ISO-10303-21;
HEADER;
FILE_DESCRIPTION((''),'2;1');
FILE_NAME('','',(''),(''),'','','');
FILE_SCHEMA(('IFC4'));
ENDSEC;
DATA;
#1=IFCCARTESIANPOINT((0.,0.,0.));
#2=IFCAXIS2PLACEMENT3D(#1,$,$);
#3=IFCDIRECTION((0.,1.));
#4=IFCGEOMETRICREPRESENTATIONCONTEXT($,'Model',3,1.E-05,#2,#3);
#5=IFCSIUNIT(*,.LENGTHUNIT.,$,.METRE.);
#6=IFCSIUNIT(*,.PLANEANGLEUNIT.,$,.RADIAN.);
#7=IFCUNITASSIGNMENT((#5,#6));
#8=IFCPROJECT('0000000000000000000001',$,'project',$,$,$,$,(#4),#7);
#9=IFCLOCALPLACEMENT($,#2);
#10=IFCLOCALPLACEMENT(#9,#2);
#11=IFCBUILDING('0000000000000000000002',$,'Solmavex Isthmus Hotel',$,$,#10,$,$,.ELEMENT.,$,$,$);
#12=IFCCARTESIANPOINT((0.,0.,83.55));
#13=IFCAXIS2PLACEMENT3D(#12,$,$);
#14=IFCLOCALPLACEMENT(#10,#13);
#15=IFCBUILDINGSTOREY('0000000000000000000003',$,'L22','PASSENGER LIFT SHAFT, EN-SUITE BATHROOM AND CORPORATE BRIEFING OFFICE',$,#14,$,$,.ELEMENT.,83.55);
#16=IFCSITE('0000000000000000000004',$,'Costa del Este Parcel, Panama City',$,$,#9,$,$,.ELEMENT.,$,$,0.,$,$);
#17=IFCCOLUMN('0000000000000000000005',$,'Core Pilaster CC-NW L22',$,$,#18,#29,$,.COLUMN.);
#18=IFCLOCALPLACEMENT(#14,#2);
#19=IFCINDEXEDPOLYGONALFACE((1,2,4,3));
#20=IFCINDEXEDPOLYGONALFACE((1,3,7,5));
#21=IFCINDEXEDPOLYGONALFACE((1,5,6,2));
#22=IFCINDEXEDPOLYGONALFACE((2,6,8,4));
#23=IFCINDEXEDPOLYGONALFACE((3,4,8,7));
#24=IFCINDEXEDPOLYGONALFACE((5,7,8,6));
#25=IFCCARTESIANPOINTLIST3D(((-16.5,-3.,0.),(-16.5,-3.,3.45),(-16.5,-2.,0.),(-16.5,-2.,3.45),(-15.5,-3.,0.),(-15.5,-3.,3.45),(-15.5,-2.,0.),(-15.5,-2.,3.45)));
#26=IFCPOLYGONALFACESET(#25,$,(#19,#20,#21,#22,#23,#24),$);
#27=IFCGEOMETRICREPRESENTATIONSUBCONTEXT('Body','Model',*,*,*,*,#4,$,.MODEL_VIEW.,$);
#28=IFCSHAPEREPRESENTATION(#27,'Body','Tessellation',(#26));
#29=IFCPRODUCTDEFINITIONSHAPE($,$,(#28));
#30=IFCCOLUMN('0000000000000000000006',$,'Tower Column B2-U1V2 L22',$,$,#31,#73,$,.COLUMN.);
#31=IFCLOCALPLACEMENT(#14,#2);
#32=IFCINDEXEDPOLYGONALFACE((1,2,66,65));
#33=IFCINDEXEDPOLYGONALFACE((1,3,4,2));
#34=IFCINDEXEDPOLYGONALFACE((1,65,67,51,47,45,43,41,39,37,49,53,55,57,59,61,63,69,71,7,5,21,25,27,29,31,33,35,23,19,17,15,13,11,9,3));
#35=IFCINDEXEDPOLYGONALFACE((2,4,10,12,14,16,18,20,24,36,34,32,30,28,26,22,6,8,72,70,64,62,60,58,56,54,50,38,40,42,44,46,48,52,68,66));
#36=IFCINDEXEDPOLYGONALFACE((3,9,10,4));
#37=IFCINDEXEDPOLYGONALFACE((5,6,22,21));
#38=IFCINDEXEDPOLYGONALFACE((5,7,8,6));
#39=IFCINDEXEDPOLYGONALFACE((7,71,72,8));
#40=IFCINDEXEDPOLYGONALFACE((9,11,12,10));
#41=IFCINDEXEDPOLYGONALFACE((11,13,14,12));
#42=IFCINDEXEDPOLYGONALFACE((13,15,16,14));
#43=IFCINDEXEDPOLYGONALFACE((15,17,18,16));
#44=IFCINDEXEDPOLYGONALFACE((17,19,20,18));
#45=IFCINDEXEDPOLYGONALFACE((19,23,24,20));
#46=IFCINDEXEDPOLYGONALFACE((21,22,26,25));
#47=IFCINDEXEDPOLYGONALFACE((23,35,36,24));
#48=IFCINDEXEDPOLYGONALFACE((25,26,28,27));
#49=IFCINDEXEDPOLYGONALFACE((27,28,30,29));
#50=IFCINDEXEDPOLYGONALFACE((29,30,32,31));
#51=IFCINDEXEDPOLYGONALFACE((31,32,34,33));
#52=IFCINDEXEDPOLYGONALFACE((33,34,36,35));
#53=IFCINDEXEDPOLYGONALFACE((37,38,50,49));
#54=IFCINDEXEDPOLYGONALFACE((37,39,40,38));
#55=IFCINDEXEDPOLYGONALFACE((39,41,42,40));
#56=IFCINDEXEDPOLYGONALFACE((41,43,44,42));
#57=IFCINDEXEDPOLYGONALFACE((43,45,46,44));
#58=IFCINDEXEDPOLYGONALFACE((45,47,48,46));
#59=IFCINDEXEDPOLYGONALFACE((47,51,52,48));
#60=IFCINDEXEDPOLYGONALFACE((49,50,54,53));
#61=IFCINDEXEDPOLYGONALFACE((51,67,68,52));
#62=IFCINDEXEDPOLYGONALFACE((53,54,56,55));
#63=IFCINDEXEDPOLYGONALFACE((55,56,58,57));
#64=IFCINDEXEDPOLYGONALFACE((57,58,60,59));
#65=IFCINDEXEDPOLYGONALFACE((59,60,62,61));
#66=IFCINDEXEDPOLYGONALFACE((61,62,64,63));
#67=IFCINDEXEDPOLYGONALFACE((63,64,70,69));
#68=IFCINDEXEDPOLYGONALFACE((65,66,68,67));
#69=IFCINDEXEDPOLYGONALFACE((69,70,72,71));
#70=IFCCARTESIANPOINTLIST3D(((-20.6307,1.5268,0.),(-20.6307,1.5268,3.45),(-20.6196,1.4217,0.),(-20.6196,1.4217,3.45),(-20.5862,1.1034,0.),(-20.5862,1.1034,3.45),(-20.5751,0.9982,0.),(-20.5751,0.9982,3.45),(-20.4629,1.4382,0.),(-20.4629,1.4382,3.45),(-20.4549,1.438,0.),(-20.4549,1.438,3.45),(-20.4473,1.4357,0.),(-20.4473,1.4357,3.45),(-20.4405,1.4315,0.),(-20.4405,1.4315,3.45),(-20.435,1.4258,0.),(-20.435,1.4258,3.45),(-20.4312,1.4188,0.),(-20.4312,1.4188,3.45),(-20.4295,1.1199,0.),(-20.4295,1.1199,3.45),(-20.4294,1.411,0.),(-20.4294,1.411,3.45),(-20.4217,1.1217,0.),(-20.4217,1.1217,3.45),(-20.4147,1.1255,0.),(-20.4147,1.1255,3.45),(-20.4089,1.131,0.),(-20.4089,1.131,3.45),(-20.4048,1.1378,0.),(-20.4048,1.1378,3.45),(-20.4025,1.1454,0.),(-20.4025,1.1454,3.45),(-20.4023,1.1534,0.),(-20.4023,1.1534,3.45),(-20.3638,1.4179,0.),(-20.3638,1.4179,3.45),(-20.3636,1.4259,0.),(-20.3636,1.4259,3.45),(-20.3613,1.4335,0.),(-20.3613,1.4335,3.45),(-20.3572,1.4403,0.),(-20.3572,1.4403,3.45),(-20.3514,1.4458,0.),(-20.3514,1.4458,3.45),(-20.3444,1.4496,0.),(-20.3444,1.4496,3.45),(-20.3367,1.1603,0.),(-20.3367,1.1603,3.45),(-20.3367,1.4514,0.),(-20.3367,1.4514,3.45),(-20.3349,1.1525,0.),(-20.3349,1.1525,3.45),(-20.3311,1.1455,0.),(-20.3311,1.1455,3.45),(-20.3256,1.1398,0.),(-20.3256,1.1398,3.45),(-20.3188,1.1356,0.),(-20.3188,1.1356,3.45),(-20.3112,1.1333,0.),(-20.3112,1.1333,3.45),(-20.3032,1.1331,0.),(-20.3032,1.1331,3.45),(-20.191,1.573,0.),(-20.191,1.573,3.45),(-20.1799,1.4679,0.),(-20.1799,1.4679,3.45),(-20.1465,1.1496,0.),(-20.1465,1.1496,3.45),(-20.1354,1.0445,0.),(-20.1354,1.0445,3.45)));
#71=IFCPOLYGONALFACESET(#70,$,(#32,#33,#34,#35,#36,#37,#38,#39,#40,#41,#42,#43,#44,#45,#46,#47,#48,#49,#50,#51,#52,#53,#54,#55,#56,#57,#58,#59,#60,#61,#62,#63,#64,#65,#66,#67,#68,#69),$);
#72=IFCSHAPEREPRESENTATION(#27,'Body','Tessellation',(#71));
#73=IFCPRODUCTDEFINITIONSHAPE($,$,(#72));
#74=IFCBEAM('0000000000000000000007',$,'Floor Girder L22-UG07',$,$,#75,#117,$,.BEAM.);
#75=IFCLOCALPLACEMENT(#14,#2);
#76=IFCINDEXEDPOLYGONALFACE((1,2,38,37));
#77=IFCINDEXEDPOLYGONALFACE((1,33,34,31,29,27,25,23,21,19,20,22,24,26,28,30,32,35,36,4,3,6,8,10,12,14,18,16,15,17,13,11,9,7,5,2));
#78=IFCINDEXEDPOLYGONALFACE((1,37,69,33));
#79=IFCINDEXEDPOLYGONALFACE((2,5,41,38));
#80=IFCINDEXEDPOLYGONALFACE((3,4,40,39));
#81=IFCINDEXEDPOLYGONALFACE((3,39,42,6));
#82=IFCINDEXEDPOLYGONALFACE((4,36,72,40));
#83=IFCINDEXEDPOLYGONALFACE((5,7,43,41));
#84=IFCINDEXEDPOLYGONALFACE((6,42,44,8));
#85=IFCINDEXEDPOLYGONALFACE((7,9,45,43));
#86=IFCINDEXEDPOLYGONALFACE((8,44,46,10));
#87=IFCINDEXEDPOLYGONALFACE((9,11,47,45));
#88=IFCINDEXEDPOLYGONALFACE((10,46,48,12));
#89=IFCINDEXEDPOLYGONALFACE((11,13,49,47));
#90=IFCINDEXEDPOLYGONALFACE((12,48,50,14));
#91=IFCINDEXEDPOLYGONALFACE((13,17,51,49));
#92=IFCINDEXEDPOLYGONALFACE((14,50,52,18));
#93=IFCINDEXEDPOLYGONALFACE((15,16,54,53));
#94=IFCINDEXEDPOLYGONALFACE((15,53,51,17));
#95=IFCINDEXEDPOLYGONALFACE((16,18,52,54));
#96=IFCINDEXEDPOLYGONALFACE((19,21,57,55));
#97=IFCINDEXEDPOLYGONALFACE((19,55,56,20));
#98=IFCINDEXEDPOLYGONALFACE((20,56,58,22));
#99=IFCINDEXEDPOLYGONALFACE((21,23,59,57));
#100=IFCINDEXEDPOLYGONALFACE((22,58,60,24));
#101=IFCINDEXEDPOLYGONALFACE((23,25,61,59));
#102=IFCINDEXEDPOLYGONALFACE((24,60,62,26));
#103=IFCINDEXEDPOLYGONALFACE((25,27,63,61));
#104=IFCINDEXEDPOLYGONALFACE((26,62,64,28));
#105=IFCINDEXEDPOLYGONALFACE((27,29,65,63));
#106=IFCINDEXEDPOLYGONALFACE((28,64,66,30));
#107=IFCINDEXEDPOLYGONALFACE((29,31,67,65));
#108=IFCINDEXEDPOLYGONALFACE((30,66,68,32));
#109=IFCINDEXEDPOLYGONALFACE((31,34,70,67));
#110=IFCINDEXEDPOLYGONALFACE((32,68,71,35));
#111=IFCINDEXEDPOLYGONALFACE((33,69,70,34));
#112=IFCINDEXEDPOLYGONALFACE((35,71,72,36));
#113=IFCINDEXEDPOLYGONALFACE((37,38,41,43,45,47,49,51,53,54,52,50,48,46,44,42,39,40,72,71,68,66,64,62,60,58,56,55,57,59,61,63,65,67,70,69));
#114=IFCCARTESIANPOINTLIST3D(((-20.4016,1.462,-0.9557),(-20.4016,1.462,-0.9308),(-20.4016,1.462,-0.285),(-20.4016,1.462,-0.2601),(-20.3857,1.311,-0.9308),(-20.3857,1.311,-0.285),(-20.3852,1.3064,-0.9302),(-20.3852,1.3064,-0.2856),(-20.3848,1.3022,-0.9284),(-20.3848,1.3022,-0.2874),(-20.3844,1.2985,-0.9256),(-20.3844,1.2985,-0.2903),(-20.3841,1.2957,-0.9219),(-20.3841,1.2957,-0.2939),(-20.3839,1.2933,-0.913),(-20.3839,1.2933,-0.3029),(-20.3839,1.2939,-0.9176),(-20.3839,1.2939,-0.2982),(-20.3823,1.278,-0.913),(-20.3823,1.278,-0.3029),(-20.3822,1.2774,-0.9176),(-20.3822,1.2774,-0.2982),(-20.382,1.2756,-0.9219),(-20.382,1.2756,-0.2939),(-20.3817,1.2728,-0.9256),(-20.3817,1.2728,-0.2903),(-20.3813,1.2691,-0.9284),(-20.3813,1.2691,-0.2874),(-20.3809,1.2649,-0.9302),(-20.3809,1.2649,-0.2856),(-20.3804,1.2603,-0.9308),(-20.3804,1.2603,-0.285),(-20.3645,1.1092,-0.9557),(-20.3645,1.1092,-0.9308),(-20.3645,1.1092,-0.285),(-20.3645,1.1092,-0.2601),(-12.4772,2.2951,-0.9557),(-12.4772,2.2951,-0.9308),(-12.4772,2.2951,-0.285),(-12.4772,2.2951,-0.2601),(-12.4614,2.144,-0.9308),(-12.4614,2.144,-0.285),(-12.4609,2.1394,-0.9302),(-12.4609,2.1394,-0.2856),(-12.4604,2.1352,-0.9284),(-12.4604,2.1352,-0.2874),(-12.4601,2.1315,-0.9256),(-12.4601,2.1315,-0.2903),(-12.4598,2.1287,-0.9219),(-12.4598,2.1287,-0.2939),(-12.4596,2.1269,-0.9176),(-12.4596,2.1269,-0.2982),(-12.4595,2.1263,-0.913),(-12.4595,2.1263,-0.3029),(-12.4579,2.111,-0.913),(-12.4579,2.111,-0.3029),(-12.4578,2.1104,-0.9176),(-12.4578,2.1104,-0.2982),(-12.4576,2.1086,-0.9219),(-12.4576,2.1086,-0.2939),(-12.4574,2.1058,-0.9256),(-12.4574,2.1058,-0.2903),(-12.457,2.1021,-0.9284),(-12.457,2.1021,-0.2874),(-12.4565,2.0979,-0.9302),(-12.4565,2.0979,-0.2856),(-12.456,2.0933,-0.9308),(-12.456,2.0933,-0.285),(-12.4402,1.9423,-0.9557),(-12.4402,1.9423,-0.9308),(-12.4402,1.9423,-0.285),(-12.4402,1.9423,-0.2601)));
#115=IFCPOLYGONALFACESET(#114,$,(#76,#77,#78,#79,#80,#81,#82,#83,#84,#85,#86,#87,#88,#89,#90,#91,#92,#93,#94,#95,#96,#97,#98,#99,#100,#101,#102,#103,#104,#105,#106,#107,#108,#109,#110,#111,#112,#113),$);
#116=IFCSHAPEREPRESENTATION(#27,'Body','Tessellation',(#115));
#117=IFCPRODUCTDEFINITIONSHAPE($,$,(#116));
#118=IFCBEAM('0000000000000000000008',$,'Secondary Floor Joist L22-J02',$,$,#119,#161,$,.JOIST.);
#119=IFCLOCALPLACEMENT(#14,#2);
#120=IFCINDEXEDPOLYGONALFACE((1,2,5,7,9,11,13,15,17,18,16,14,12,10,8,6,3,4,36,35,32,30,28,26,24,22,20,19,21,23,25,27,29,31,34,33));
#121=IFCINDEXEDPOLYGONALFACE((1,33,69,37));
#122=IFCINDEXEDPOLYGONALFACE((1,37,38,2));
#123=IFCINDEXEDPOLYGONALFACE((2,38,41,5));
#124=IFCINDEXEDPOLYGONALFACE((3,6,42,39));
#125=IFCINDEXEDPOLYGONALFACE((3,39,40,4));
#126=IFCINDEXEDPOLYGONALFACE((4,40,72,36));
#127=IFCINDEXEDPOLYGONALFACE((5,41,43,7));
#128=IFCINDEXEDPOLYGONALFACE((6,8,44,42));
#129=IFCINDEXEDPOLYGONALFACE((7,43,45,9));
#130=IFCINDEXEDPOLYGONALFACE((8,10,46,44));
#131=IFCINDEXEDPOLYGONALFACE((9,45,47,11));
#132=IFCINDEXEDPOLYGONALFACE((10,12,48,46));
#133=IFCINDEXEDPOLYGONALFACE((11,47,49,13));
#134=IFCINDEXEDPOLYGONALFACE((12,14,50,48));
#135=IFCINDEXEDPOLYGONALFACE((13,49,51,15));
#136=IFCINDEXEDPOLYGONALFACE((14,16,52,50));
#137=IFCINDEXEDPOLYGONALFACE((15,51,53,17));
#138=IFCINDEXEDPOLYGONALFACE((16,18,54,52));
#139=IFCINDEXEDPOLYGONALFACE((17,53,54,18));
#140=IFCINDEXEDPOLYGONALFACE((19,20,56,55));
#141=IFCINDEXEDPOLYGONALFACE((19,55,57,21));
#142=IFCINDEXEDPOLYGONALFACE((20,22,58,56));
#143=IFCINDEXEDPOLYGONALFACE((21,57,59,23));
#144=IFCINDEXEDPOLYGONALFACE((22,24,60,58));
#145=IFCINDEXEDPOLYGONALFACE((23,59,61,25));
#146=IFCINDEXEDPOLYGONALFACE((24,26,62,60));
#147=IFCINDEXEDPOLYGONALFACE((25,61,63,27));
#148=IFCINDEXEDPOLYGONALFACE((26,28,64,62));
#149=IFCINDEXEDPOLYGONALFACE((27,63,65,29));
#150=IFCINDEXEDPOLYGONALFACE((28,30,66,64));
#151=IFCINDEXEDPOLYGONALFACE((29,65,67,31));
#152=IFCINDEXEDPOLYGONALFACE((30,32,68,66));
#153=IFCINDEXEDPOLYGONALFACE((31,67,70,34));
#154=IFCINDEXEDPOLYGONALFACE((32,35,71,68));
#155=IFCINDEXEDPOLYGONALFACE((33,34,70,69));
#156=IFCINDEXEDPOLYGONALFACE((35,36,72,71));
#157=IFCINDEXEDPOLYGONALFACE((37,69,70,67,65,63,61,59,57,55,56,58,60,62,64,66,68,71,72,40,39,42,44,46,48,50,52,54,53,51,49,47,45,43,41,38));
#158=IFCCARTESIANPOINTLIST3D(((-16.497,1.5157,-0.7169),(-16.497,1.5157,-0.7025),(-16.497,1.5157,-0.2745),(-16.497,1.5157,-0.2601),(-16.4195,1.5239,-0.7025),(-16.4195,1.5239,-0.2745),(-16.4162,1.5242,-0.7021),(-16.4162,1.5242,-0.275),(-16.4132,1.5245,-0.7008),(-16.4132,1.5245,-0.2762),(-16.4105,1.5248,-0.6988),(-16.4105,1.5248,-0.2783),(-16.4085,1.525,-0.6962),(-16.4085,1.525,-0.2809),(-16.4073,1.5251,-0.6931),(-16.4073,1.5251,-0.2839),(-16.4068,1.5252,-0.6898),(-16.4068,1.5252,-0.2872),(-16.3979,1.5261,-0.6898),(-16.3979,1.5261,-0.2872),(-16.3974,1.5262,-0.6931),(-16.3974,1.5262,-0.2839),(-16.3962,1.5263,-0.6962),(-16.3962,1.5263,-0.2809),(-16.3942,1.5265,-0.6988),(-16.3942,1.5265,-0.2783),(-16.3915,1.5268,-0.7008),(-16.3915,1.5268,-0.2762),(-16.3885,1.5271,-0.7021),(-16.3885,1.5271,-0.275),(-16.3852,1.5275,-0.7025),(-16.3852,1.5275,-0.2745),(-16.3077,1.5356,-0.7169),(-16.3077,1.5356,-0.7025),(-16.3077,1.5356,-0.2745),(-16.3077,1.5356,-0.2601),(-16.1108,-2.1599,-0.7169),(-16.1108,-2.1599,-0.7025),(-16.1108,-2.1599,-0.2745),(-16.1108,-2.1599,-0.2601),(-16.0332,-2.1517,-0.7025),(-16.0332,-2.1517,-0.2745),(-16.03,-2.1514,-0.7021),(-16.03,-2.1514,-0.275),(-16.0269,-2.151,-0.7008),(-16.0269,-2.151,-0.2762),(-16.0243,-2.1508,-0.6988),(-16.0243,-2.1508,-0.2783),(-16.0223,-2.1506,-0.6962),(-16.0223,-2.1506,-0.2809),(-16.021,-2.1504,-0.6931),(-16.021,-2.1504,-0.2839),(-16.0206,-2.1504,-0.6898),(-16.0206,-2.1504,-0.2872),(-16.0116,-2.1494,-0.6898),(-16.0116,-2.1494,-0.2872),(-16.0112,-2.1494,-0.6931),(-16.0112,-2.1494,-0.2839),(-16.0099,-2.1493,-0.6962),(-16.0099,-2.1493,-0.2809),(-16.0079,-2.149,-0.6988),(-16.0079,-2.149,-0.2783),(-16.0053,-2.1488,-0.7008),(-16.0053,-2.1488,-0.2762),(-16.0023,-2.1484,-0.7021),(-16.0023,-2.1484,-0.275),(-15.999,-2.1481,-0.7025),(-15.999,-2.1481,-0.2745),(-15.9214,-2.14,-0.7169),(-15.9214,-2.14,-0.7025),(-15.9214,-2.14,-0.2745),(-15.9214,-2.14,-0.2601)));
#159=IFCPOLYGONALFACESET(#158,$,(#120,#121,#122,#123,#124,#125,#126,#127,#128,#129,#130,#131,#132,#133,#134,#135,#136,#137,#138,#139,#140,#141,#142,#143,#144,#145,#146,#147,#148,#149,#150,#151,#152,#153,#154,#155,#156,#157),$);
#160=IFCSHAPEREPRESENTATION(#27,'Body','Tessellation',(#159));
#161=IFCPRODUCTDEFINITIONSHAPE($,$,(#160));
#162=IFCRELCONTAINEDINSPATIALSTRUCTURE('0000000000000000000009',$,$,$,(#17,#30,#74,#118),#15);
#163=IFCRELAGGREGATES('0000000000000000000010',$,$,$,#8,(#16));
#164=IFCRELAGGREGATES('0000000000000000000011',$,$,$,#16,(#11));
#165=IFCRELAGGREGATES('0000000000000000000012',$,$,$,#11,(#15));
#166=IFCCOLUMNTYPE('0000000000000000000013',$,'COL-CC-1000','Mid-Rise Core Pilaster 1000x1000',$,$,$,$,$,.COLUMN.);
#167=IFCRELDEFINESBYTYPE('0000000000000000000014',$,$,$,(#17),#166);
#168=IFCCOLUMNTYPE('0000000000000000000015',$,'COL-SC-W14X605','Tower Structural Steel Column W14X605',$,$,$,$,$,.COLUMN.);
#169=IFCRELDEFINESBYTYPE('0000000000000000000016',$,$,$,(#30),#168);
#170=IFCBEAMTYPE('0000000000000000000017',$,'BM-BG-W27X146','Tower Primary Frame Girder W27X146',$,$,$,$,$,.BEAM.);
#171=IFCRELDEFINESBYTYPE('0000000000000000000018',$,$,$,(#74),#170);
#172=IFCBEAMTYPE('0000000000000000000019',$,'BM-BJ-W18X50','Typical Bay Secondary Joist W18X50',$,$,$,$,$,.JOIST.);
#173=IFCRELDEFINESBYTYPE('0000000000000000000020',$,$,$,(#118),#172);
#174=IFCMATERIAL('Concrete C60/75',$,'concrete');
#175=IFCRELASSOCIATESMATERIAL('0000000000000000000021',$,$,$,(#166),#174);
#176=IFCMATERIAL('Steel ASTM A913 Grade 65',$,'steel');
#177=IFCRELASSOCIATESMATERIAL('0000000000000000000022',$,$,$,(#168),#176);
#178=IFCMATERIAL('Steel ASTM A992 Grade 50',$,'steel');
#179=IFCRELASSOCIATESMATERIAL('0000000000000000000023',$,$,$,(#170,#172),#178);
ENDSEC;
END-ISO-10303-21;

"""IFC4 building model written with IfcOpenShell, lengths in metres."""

from ifc_helpers import new_model, si_unit, direction, frame, origin, origin_2d, place, context, subcontext, project, spatial, rectangle, i_section, extrude, material, material_profile, profile_set, type_object, element, save


model = new_model("IFC4")

# Units and contexts
model_context = context("Model", 3, precision=1e-05, world=origin(), true_north=direction((0.0, 1.0)))
body_context = subcontext(model_context, "Body", "Model", "MODEL_VIEW")
ifc_project = project(units=[si_unit("LENGTHUNIT", "METRE"), si_unit("PLANEANGLEUNIT", "RADIAN")], contexts=[model_context])

# Site, building, storey
site_placement = place(None, origin())
site = spatial("IfcSite", under=ifc_project, at=site_placement, Name="Costa del Este Parcel, Panama City", CompositionType="ELEMENT", RefElevation=0.0)
building_placement = place(site_placement, origin())
building = spatial("IfcBuilding", under=site, at=building_placement, Name="Solmavex Isthmus Hotel", CompositionType="ELEMENT")
storey_placement = place(building_placement, frame((0.0, 0.0, 83.55)))
storey = spatial("IfcBuildingStorey", under=building, at=storey_placement, Name="L22", Description="PASSENGER LIFT SHAFT, EN-SUITE BATHROOM AND CORPORATE BRIEFING OFFICE", CompositionType="ELEMENT", Elevation=83.55)

# Columns
ifc_material_1 = material(Name="Concrete C60/75", Category="concrete")
ifc_material_profile_1 = material_profile(ifc_material_1, rectangle(XDim=1.0, YDim=1.0, at=origin_2d()), Name="RC1000X1000")
ifc_profile_set_1 = profile_set([ifc_material_profile_1], Name="Concrete C60/75")
column_type_1 = type_object("IfcColumnType", Name="COL-CC-1000", Description="Mid-Rise Core Pilaster 1000x1000", PredefinedType="COLUMN", material=ifc_profile_set_1)
column_1_placement = place(storey_placement, frame((-16.0, -2.5, 0.0), z_axis=(0.0, 0.0, 1.0), x_axis=(1.0, 0.0, 0.0)))
element("IfcColumn", 1, at=column_1_placement, inside=storey, type_object=column_type_1, Name="Core Pilaster CC-NW L22", PredefinedType="COLUMN", context=body_context, shape_type="SweptSolid", body=[
    extrude(rectangle(XDim=1.0, YDim=1.0, at=origin_2d()), origin(), (0.0, 0.0, 1.0), 3.45),
])
ifc_material_2 = material(Name="Steel ASTM A913 Grade 65", Category="steel")
ifc_material_profile_2 = material_profile(ifc_material_2, i_section(OverallWidth=0.4421, OverallDepth=0.5315, WebThickness=0.0659, FlangeThickness=0.1057, FilletRadius=0.0305, at=origin_2d()), Name="W14X605")
ifc_profile_set_2 = profile_set([ifc_material_profile_2], Name="Steel ASTM A913 Grade 65")
column_type_2 = type_object("IfcColumnType", Name="COL-SC-W14X605", Description="Tower Structural Steel Column W14X605", PredefinedType="COLUMN", material=ifc_profile_set_2)
column_2_placement = place(storey_placement, frame((-20.3831, 1.2856, 0.0), z_axis=(0.0, 0.0, 1.0), x_axis=(0.994522, 0.104528, 0.0)))
element("IfcColumn", 2, at=column_2_placement, inside=storey, type_object=column_type_2, Name="Tower Column B2-U1V2 L22", PredefinedType="COLUMN", context=body_context, shape_type="SweptSolid", body=[
    extrude(i_section(OverallWidth=0.4421, OverallDepth=0.5315, WebThickness=0.0659, FlangeThickness=0.1057, FilletRadius=0.0305, at=origin_2d()), origin(), (0.0, 0.0, 1.0), 3.45),
])

# Beams
ifc_material_3 = material(Name="Steel ASTM A992 Grade 50", Category="steel")
ifc_material_profile_3 = material_profile(ifc_material_3, i_section(OverallWidth=0.3547, OverallDepth=0.6956, WebThickness=0.0154, FlangeThickness=0.0249, FilletRadius=0.0178, at=origin_2d()), Name="W27X146")
ifc_profile_set_3 = profile_set([ifc_material_profile_3], Name="Steel ASTM A992 Grade 50")
beam_type_1 = type_object("IfcBeamType", Name="BM-BG-W27X146", Description="Tower Primary Frame Girder W27X146", PredefinedType="BEAM", material=ifc_profile_set_3)
beam_1_placement = place(storey_placement, frame((-20.3831, 1.2856, -0.6079), z_axis=(0.99452, 0.104544, 0.0), x_axis=(-0.104544, 0.99452, 0.0)))
element("IfcBeam", 3, at=beam_1_placement, inside=storey, type_object=beam_type_1, Name="Floor Girder L22-UG07", PredefinedType="BEAM", context=body_context, shape_type="SweptSolid", body=[
    extrude(i_section(OverallWidth=0.3547, OverallDepth=0.6956, WebThickness=0.0154, FlangeThickness=0.0249, FilletRadius=0.0178, at=origin_2d()), origin(), (0.0, 0.0, 1.0), 7.968),
])
ifc_material_profile_4 = material_profile(ifc_material_3, i_section(OverallWidth=0.1904, OverallDepth=0.4568, WebThickness=0.009, FlangeThickness=0.0144, FilletRadius=0.0127, at=origin_2d()), Name="W18X50")
ifc_profile_set_4 = profile_set([ifc_material_profile_4], Name="Steel ASTM A992 Grade 50")
beam_type_2 = type_object("IfcBeamType", Name="BM-BJ-W18X50", Description="Typical Bay Secondary Joist W18X50", PredefinedType="JOIST", material=ifc_profile_set_4)
beam_2_placement = place(storey_placement, frame((-16.0161, -2.1499, -0.4885), z_axis=(-0.104506, 0.994524, 0.0), x_axis=(-0.994524, -0.104506, 0.0)))
element("IfcBeam", 4, at=beam_2_placement, inside=storey, type_object=beam_type_2, Name="Secondary Floor Joist L22-J02", PredefinedType="JOIST", context=body_context, shape_type="SweptSolid", body=[
    extrude(i_section(OverallWidth=0.1904, OverallDepth=0.4568, WebThickness=0.009, FlangeThickness=0.0144, FilletRadius=0.0127, at=origin_2d()), origin(), (0.0, 0.0, 1.0), 3.6958),
])

save(model, "model.ifc")
